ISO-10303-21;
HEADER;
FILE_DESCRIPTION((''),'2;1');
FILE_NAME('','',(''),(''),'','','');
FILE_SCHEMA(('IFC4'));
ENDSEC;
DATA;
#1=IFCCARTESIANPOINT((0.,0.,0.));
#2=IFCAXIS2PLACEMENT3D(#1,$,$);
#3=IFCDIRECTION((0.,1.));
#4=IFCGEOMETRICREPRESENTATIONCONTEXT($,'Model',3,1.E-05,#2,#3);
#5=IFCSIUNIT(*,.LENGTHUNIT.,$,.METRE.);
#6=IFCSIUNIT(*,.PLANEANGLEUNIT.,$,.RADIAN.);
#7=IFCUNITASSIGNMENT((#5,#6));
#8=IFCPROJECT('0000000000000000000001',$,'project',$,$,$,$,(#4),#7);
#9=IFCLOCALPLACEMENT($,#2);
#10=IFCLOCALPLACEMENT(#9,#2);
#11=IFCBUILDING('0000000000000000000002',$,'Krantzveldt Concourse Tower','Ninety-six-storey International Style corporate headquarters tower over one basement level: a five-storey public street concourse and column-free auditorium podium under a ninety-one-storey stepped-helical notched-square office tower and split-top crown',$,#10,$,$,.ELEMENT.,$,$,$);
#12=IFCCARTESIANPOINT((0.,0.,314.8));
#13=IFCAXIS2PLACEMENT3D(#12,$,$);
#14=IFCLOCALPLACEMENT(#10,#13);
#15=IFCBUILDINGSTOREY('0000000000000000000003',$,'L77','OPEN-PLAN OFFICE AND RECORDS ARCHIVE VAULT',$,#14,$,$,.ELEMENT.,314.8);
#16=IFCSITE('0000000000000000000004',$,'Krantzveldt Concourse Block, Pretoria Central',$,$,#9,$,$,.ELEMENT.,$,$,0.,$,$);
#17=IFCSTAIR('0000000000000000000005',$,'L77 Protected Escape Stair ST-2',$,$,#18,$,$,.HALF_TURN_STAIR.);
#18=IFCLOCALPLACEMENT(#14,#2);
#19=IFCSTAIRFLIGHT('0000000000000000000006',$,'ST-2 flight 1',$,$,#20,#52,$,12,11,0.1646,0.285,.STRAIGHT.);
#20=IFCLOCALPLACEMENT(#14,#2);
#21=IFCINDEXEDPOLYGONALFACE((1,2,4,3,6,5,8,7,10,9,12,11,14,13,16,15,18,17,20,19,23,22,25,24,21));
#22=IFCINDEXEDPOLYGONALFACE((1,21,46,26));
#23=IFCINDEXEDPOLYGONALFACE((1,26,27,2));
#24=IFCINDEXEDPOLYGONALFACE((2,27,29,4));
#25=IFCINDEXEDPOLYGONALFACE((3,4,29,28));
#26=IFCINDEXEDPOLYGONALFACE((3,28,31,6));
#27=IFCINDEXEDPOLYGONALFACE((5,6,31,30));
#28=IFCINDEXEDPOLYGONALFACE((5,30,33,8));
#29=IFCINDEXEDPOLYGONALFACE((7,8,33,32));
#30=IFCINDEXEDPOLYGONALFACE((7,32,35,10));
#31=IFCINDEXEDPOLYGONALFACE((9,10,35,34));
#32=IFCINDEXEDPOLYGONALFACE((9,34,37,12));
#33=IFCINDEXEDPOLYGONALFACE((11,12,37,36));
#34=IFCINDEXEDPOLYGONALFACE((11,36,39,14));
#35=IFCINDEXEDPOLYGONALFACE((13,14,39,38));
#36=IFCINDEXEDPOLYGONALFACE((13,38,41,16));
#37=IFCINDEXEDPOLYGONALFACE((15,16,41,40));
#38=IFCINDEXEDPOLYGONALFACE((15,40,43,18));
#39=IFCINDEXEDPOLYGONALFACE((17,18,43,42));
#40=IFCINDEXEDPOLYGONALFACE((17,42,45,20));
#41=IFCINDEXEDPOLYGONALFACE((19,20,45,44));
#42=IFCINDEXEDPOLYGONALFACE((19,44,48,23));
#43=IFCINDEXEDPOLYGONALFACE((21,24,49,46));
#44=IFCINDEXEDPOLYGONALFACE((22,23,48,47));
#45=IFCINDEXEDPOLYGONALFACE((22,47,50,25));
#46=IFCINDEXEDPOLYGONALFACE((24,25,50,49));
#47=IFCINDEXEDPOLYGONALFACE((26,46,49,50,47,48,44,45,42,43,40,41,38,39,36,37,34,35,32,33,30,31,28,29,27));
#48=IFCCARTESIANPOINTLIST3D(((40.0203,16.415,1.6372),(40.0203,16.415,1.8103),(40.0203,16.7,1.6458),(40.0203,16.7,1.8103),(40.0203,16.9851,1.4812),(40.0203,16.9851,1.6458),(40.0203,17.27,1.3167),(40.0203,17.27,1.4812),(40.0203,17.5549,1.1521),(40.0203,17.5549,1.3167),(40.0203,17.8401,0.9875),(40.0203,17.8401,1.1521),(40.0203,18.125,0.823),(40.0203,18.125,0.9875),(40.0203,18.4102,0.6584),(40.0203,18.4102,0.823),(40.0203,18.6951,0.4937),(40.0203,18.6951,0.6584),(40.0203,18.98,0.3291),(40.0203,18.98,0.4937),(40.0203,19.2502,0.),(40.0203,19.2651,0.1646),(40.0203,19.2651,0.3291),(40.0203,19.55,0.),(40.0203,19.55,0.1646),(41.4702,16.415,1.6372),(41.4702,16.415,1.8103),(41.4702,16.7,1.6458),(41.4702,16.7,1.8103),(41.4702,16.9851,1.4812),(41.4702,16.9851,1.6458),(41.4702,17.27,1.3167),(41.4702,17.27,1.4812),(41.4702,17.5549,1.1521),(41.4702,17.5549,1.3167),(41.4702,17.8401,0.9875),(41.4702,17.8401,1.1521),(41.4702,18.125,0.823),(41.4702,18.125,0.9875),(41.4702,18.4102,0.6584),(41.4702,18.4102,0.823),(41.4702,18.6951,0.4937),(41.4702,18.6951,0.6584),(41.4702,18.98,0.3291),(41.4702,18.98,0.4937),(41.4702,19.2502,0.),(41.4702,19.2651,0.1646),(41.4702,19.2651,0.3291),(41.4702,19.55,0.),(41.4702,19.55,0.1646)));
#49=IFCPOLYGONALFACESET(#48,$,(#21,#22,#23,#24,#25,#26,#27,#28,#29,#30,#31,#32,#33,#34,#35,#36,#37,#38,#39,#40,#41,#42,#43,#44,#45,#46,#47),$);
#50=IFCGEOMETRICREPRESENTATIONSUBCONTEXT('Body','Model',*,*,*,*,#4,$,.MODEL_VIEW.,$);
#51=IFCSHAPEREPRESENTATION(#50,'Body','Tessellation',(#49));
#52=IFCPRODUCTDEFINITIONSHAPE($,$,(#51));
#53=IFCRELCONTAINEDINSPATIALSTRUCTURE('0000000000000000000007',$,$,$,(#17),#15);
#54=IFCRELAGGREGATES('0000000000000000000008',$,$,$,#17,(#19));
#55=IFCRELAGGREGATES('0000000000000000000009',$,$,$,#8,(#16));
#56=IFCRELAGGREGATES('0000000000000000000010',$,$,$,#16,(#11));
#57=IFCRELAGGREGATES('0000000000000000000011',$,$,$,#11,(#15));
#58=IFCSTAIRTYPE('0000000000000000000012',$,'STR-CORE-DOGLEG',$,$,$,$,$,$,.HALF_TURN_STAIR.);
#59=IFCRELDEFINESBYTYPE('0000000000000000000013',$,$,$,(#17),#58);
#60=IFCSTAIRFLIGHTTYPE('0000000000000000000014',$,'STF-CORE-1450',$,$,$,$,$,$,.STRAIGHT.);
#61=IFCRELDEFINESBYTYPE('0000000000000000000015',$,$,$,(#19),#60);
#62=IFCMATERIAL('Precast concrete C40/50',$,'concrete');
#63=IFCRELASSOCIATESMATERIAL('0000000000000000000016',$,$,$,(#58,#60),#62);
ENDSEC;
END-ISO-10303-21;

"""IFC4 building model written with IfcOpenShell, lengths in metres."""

from ifc_helpers import new_model, si_unit, direction, frame, origin, place, context, subcontext, project, spatial, polyline, outline, extrude, material, type_object, element, aggregate, save


model = new_model("IFC4")

# Units and contexts
model_context = context("Model", 3, precision=1e-05, world=origin(), true_north=direction((0.0, 1.0)))
body_context = subcontext(model_context, "Body", "Model", "MODEL_VIEW")
ifc_project = project(units=[si_unit("LENGTHUNIT", "METRE"), si_unit("PLANEANGLEUNIT", "RADIAN")], contexts=[model_context])

# Site, building, storey
site_placement = place(None, origin())
site = spatial("IfcSite", under=ifc_project, at=site_placement, Name="Krantzveldt Concourse Block, Pretoria Central", CompositionType="ELEMENT", RefElevation=0.0)
building_placement = place(site_placement, origin())
building = spatial("IfcBuilding", under=site, at=building_placement, Name="Krantzveldt Concourse Tower", Description="Ninety-six-storey International Style corporate headquarters tower over one basement level: a five-storey public street concourse and column-free auditorium podium under a ninety-one-storey stepped-helical notched-square office tower and split-top crown", CompositionType="ELEMENT")
storey_placement = place(building_placement, frame((0.0, 0.0, 314.8)))
storey = spatial("IfcBuildingStorey", under=building, at=storey_placement, Name="L77", Description="OPEN-PLAN OFFICE AND RECORDS ARCHIVE VAULT", CompositionType="ELEMENT", Elevation=314.8)

# Stair, stair flight
ifc_material_1 = material(Name="Precast concrete C40/50", Category="concrete")
stair_type = type_object("IfcStairType", Name="STR-CORE-DOGLEG", PredefinedType="HALF_TURN_STAIR", material=ifc_material_1)
stair_placement = place(storey_placement, origin())
stair = element("IfcStair", 1, at=stair_placement, inside=storey, type_object=stair_type, Name="L77 Protected Escape Stair ST-2", PredefinedType="HALF_TURN_STAIR")
stair_flight_type = type_object("IfcStairFlightType", Name="STF-CORE-1450", PredefinedType="STRAIGHT", material=ifc_material_1)
stair_flight_placement = place(storey_placement, frame((40.7451, 19.55, 0.0), z_axis=(0.0, 0.0, 1.0), x_axis=(0.0, -1.0, 0.0)))
stair_flight = element("IfcStairFlight", 2, at=stair_flight_placement, type_object=stair_flight_type, Name="ST-2 flight 1", NumberOfRisers=12, NumberOfTreads=11, PredefinedType="STRAIGHT", RiserHeight=0.1646, TreadLength=0.285, context=body_context, shape_type="SweptSolid", body=[
    extrude(outline(polyline([(0.0, 0.0), (0.0, 0.1646), (0.2849, 0.1646), (0.2849, 0.3291), (0.5701, 0.3291), (0.5701, 0.4937), (0.855, 0.4937), (0.855, 0.6584), (1.1399, 0.6584), (1.1399, 0.823), (1.425, 0.823), (1.425, 0.9875), (1.71, 0.9875), (1.71, 1.1521), (1.9951, 1.1521), (1.9951, 1.3167), (2.28, 1.3167), (2.28, 1.4812), (2.5649, 1.4812), (2.5649, 1.6458), (2.8501, 1.6458), (2.8501, 1.8103), (3.135, 1.8103), (3.135, 1.9751), (3.135, 1.6372), (0.2998, 0.0), (0.0, 0.0)])), frame((0.0, 0.7251, 0.0), z_axis=(0.0, -1.0, 0.0), x_axis=(1.0, 0.0, 0.0)), (0.0, 0.0, 1.0), 1.45),
])
aggregate(stair, [stair_flight])

save(model, "model.ifc")
